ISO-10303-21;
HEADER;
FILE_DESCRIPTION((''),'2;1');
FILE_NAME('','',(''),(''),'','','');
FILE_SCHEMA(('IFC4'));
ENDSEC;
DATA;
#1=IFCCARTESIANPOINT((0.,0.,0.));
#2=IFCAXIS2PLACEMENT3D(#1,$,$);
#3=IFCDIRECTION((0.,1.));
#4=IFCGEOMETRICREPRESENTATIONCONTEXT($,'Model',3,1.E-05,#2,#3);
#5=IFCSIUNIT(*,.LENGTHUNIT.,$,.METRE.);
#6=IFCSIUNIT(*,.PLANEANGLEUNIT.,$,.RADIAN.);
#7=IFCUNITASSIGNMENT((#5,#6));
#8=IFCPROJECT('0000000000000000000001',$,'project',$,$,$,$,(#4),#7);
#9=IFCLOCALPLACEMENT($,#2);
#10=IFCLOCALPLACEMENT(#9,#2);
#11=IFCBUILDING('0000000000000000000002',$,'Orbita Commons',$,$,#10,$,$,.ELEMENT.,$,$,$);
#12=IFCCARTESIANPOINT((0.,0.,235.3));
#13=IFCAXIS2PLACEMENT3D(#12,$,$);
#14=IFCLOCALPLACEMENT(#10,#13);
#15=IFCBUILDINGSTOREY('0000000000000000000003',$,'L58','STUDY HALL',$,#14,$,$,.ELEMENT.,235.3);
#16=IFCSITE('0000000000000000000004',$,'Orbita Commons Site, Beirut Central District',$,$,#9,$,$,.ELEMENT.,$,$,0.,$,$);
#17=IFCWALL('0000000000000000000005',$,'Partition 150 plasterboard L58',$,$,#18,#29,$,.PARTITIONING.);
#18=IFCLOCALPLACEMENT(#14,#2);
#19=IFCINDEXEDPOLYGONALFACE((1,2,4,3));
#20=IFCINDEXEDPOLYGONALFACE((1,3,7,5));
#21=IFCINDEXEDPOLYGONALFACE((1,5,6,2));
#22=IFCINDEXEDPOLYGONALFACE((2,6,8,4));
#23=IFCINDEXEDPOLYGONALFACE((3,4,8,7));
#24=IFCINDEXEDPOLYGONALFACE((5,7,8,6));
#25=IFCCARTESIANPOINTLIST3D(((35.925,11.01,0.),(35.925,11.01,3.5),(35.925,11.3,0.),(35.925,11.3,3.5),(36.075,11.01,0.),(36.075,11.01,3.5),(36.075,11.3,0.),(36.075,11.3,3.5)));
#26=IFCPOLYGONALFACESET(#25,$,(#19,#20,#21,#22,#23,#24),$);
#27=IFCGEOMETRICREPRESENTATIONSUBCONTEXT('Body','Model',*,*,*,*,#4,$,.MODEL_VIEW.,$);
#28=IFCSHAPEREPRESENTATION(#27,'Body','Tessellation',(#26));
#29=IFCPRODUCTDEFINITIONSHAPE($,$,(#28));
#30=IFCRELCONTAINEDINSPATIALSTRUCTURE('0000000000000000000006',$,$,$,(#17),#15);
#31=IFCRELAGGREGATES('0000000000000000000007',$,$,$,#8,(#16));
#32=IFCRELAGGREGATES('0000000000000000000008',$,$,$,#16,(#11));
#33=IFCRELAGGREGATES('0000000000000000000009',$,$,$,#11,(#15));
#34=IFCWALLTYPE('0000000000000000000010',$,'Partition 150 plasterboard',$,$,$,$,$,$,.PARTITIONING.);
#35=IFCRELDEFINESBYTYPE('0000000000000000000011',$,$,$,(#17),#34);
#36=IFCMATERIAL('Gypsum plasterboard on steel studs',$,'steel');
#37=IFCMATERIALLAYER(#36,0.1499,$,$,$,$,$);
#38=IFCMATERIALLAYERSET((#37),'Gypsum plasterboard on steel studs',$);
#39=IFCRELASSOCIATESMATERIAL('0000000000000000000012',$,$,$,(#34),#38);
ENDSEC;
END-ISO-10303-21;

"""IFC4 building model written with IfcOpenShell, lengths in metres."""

from ifc_helpers import new_model, si_unit, direction, frame, frame_2d, origin, place, context, subcontext, project, spatial, rectangle, extrude, material, layer, layer_set, type_object, element, save


model = new_model("IFC4")

# Units and contexts
model_context = context("Model", 3, precision=1e-05, world=origin(), true_north=direction((0.0, 1.0)))
body_context = subcontext(model_context, "Body", "Model", "MODEL_VIEW")
ifc_project = project(units=[si_unit("LENGTHUNIT", "METRE"), si_unit("PLANEANGLEUNIT", "RADIAN")], contexts=[model_context])

# Site, building, storey
site_placement = place(None, origin())
site = spatial("IfcSite", under=ifc_project, at=site_placement, Name="Orbita Commons Site, Beirut Central District", CompositionType="ELEMENT", RefElevation=0.0)
building_placement = place(site_placement, origin())
building = spatial("IfcBuilding", under=site, at=building_placement, Name="Orbita Commons", CompositionType="ELEMENT")
storey_placement = place(building_placement, frame((0.0, 0.0, 235.3)))
storey = spatial("IfcBuildingStorey", under=building, at=storey_placement, Name="L58", Description="STUDY HALL", CompositionType="ELEMENT", Elevation=235.3)

# Shared definitions
ifc_material_1 = material(Name="Gypsum plasterboard on steel studs", Category="steel")
ifc_layer_1 = layer(ifc_material_1, 0.1499)
ifc_layer_set_1 = layer_set([ifc_layer_1], Name="Gypsum plasterboard on steel studs")
wall_type_1 = type_object("IfcWallType", Name="Partition 150 plasterboard", PredefinedType="PARTITIONING", material=ifc_layer_set_1)

# Wall
wall_1_placement = place(storey_placement, frame((36.0, 11.3, 0.0), z_axis=(0.0, 0.0, 1.0), x_axis=(0.0, -1.0, 0.0)))
element("IfcWall", 1, at=wall_1_placement, inside=storey, type_object=wall_type_1, Name="Partition 150 plasterboard L58", PredefinedType="PARTITIONING", context=body_context, shape_type="SweptSolid", body=[
    extrude(rectangle(XDim=0.29, YDim=0.1499, at=frame_2d((0.145, 0.0))), origin(), (0.0, 0.0, 1.0), 3.5),
])

save(model, "model.ifc")
